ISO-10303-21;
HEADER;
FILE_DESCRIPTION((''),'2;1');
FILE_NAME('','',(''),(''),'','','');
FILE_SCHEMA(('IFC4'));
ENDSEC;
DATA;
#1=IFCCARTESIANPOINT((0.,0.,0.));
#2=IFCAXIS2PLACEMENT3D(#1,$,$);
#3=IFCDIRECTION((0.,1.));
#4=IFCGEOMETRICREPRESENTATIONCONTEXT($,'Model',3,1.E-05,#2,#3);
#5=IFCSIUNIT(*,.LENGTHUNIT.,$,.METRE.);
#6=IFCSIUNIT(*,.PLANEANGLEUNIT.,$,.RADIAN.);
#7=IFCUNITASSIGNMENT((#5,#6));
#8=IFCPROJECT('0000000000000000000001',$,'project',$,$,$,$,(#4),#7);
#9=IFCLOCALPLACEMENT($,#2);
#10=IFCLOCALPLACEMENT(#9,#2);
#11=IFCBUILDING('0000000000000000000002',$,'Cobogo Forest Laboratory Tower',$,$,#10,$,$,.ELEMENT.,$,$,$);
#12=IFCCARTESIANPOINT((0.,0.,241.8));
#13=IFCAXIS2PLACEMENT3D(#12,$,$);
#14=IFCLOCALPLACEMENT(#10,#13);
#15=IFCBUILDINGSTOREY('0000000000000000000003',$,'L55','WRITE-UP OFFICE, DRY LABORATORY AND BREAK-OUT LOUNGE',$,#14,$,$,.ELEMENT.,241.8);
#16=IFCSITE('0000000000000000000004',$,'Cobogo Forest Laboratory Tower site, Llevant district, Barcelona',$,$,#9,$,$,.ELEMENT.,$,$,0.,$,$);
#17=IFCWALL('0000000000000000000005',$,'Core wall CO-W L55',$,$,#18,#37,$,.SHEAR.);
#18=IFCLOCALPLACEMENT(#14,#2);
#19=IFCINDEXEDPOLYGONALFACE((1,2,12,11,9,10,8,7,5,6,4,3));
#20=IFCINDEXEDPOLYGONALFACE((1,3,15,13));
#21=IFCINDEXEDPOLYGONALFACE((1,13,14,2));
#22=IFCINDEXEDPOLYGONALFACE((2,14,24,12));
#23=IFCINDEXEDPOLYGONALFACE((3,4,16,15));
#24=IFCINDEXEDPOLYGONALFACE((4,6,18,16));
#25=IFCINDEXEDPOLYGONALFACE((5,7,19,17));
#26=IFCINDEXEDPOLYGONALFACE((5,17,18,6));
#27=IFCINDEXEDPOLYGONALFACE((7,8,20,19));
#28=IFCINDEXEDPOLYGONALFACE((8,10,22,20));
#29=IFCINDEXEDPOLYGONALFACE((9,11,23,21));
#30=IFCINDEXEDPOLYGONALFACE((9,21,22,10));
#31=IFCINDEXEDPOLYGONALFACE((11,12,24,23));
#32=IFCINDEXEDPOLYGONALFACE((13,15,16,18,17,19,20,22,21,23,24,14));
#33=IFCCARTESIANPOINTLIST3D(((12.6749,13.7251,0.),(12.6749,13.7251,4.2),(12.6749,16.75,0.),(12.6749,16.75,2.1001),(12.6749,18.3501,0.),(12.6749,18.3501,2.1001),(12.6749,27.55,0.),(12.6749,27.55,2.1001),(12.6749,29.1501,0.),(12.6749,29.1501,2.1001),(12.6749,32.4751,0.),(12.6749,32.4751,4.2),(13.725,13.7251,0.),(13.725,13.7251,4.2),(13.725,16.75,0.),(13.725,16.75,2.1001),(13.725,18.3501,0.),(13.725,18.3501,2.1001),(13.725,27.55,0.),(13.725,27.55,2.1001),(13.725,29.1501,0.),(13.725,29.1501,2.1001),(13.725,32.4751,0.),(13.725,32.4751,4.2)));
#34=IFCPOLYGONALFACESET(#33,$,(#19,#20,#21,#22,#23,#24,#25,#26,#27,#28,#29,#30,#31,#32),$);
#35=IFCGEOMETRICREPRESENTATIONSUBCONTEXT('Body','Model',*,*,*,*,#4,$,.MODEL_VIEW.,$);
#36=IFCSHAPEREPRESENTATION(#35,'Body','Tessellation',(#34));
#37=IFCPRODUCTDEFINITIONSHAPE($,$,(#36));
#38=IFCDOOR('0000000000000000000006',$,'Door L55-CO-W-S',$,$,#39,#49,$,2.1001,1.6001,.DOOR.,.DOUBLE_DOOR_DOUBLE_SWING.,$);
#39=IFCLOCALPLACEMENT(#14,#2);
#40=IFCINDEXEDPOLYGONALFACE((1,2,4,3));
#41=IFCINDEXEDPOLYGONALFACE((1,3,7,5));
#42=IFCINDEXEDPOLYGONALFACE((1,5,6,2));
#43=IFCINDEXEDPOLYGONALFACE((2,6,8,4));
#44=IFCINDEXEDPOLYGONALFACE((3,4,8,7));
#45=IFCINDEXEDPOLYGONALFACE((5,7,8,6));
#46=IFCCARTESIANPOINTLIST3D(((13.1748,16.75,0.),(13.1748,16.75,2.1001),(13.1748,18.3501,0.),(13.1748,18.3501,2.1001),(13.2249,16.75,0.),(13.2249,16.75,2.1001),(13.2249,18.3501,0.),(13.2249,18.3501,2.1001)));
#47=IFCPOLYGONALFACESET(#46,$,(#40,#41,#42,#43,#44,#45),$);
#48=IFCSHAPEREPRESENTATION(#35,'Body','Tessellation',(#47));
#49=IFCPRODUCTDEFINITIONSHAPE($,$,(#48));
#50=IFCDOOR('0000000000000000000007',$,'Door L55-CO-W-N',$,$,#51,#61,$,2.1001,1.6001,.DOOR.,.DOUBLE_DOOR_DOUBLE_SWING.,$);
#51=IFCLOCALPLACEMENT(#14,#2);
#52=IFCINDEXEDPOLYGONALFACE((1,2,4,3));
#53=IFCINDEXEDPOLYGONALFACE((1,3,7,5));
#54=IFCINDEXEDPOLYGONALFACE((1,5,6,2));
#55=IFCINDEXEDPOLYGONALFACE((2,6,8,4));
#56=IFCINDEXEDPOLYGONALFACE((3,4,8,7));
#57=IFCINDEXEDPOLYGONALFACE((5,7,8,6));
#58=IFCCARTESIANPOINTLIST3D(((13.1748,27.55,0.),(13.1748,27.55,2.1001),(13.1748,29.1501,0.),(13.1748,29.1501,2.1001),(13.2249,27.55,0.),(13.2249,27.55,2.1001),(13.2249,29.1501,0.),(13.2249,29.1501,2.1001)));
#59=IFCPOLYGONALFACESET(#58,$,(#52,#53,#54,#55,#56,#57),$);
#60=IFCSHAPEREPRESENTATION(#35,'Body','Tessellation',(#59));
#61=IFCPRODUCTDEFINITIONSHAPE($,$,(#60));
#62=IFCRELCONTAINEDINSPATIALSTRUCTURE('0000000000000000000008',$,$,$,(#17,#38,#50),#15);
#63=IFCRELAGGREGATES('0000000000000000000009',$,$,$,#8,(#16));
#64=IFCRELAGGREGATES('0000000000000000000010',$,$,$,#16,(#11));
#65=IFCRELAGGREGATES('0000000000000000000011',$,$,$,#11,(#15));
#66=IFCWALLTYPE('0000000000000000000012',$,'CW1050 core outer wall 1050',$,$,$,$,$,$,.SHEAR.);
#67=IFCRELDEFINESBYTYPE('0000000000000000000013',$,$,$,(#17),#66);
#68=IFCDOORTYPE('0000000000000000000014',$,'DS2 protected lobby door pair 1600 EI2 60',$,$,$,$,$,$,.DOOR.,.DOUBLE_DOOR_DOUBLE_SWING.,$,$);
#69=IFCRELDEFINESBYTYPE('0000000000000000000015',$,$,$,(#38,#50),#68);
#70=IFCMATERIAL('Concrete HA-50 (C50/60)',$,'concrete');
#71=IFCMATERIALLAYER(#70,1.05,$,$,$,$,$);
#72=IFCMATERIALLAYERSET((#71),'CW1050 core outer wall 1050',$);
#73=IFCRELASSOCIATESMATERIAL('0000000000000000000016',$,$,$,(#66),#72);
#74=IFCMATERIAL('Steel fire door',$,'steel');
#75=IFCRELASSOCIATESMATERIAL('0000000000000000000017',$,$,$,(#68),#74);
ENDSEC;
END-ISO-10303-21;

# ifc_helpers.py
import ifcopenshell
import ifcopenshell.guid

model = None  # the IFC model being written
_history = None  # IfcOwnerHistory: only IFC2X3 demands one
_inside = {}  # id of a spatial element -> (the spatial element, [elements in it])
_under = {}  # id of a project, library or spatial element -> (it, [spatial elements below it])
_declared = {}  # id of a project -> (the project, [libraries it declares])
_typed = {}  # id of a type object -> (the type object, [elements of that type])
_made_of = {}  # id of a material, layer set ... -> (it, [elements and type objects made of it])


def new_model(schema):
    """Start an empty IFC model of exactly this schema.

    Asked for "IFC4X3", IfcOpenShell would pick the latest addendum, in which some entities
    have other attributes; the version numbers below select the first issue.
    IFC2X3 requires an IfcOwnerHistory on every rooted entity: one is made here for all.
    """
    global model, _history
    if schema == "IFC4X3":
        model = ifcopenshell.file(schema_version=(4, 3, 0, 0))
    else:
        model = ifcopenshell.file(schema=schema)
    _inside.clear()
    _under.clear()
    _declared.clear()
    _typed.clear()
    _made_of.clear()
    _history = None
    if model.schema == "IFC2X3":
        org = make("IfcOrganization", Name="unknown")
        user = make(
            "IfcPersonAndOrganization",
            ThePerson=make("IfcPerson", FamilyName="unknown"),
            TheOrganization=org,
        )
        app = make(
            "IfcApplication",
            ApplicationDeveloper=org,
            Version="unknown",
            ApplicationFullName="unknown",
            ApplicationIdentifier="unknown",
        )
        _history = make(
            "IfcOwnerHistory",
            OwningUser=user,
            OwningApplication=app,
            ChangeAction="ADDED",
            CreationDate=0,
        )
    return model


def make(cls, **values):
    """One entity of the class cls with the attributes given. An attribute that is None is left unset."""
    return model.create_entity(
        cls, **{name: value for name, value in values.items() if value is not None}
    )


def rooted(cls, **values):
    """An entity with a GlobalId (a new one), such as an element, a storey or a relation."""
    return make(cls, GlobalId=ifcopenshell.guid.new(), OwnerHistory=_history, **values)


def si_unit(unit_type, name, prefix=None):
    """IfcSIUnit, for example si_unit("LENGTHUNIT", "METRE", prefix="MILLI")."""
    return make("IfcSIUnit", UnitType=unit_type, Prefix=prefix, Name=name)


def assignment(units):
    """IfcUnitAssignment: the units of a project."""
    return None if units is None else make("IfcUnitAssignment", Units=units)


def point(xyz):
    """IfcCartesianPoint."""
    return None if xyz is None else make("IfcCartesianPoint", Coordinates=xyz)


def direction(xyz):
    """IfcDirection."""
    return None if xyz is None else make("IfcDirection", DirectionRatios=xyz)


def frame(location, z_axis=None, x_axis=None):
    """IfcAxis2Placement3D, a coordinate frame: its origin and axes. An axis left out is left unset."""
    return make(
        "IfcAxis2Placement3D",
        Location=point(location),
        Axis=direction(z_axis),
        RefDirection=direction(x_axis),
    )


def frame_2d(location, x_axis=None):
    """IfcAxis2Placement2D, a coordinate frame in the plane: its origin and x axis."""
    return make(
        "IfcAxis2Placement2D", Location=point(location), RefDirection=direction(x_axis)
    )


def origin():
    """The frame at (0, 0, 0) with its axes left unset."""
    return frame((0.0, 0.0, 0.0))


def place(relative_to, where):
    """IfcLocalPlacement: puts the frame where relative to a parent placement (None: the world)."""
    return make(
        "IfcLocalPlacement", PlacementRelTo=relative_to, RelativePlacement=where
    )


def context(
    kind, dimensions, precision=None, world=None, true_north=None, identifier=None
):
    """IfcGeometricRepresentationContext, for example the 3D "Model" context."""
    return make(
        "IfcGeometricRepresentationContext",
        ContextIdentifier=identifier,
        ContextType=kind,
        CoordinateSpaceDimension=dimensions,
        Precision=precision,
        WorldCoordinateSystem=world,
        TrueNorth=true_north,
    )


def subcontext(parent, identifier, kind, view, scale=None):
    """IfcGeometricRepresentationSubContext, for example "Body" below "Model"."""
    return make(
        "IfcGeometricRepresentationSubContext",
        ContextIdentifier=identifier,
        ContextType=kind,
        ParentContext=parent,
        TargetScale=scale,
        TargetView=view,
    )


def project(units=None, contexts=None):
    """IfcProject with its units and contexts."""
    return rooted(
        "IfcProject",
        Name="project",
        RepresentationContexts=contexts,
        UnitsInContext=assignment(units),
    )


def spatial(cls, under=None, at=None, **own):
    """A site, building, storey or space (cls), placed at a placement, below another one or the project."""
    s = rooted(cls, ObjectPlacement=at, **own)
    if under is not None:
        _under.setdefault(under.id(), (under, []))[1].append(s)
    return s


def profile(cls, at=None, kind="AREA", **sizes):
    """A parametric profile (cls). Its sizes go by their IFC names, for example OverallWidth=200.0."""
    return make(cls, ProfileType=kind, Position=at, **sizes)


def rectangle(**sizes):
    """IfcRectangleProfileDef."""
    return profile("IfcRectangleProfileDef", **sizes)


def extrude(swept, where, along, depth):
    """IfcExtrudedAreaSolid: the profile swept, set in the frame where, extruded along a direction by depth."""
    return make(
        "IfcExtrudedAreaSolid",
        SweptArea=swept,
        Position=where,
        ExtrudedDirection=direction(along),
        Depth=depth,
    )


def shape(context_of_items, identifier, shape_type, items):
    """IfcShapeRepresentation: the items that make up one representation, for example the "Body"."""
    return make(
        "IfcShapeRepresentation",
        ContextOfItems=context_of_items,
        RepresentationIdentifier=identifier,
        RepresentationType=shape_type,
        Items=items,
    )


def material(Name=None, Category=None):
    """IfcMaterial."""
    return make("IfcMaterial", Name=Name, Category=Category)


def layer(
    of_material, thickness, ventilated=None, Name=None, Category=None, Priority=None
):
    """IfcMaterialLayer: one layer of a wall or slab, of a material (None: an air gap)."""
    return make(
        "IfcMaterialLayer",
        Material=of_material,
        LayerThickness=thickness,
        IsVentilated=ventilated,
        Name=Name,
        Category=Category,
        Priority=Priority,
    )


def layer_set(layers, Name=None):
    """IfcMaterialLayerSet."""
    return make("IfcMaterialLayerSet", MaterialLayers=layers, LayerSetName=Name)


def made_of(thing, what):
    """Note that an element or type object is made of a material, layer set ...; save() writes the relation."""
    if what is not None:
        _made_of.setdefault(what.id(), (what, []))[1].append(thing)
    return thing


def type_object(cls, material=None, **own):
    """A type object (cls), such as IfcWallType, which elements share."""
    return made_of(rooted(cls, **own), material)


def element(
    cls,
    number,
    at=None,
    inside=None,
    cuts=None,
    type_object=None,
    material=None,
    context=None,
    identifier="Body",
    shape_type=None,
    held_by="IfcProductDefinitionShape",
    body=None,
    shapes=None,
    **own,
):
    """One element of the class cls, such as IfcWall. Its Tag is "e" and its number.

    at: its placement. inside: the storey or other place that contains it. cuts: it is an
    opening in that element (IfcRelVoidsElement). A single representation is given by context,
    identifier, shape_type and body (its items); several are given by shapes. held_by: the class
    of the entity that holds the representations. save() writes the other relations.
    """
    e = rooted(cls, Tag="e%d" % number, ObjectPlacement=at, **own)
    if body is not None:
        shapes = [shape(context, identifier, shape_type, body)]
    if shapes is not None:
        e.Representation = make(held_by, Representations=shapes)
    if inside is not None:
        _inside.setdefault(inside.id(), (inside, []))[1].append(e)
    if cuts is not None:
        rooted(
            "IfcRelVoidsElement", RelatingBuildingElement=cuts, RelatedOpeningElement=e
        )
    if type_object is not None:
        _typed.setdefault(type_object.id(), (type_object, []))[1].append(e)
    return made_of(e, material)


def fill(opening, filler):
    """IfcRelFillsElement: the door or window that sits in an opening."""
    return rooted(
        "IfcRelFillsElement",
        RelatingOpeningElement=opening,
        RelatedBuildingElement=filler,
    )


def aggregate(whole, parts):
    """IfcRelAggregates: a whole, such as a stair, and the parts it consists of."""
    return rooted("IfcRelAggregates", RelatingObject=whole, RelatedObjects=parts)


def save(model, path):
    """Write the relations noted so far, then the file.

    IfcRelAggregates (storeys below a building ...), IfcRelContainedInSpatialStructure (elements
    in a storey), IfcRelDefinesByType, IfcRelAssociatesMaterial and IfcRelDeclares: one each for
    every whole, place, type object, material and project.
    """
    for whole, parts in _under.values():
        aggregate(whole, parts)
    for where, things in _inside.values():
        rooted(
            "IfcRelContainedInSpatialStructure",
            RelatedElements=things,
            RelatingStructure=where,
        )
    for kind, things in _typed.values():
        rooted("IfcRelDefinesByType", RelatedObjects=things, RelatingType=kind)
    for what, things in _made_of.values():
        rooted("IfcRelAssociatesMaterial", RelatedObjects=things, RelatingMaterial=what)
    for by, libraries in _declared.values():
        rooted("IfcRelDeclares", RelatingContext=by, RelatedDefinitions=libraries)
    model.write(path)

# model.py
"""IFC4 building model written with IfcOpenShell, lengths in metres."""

from ifc_helpers import new_model, si_unit, direction, frame, frame_2d, origin, place, context, subcontext, project, spatial, rectangle, extrude, material, layer, layer_set, type_object, element, fill, save


model = new_model("IFC4")

# Units and contexts
model_context = context("Model", 3, precision=1e-05, world=origin(), true_north=direction((0.0, 1.0)))
body_context = subcontext(model_context, "Body", "Model", "MODEL_VIEW")
ifc_project = project(units=[si_unit("LENGTHUNIT", "METRE"), si_unit("PLANEANGLEUNIT", "RADIAN")], contexts=[model_context])

# Site, building, storey
site_placement = place(None, origin())
site = spatial("IfcSite", under=ifc_project, at=site_placement, Name="Cobogo Forest Laboratory Tower site, Llevant district, Barcelona", CompositionType="ELEMENT", RefElevation=0.0)
building_placement = place(site_placement, origin())
building = spatial("IfcBuilding", under=site, at=building_placement, Name="Cobogo Forest Laboratory Tower", CompositionType="ELEMENT")
storey_placement = place(building_placement, frame((0.0, 0.0, 241.8)))
storey = spatial("IfcBuildingStorey", under=building, at=storey_placement, Name="L55", Description="WRITE-UP OFFICE, DRY LABORATORY AND BREAK-OUT LOUNGE", CompositionType="ELEMENT", Elevation=241.8)

# Shared definitions
ifc_material_1 = material(Name="Concrete HA-50 (C50/60)", Category="concrete")

# Wall, openings, doors
ifc_material_2 = material(Name="Steel fire door", Category="steel")
ifc_layer_1 = layer(ifc_material_1, 1.05)
ifc_layer_set_1 = layer_set([ifc_layer_1], Name="CW1050 core outer wall 1050")
wall_type_1 = type_object("IfcWallType", Name="CW1050 core outer wall 1050", PredefinedType="SHEAR", material=ifc_layer_set_1)
wall_1_placement = place(storey_placement, frame((13.2, 32.4751, 0.0), z_axis=(0.0, 0.0, 1.0), x_axis=(0.0, -1.0, 0.0)))
wall_1 = element("IfcWall", 1, at=wall_1_placement, inside=storey, type_object=wall_type_1, Name="Core wall CO-W L55", PredefinedType="SHEAR", context=body_context, shape_type="SweptSolid", body=[
    extrude(rectangle(XDim=18.75, YDim=1.05, at=frame_2d((9.375, 0.0))), origin(), (0.0, 0.0, 1.0), 4.2),
])
opening_1_placement = place(wall_1_placement, frame((14.125, 0.0, 0.0)))
opening_1 = element("IfcOpeningElement", 2, at=opening_1_placement, cuts=wall_1, PredefinedType="OPENING", context=body_context, shape_type="SweptSolid", body=[
    extrude(rectangle(XDim=1.6001, YDim=2.1001, at=frame_2d((0.8, 1.05))), frame((0.0, 0.5349, 0.0), z_axis=(0.0, -1.0, 0.0), x_axis=(1.0, 0.0, 0.0)), (0.0, 0.0, 1.0), 1.0701),
])
opening_2_placement = place(wall_1_placement, frame((3.325, 0.0, 0.0)))
opening_2 = element("IfcOpeningElement", 3, at=opening_2_placement, cuts=wall_1, PredefinedType="OPENING", context=body_context, shape_type="SweptSolid", body=[
    extrude(rectangle(XDim=1.6001, YDim=2.1001, at=frame_2d((0.8, 1.05))), frame((0.0, 0.5349, 0.0), z_axis=(0.0, -1.0, 0.0), x_axis=(1.0, 0.0, 0.0)), (0.0, 0.0, 1.0), 1.0701),
])
door_type_1 = type_object("IfcDoorType", Name="DS2 protected lobby door pair 1600 EI2 60", OperationType="DOUBLE_DOOR_DOUBLE_SWING", PredefinedType="DOOR", material=ifc_material_2)
door_1_placement = place(opening_1_placement, origin())
door_1 = element("IfcDoor", 4, at=door_1_placement, inside=storey, type_object=door_type_1, Name="Door L55-CO-W-S", OperationType="DOUBLE_DOOR_DOUBLE_SWING", OverallHeight=2.1001, OverallWidth=1.6001, PredefinedType="DOOR", context=body_context, shape_type="SweptSolid", body=[
    extrude(rectangle(XDim=1.6001, YDim=2.1001, at=frame_2d((0.8, 1.05))), frame((0.0, 0.0249, 0.0), z_axis=(0.0, -1.0, 0.0), x_axis=(1.0, 0.0, 0.0)), (0.0, 0.0, 1.0), 0.05),
])
fill(opening_1, door_1)
door_2_placement = place(opening_2_placement, origin())
door_2 = element("IfcDoor", 5, at=door_2_placement, inside=storey, type_object=door_type_1, Name="Door L55-CO-W-N", OperationType="DOUBLE_DOOR_DOUBLE_SWING", OverallHeight=2.1001, OverallWidth=1.6001, PredefinedType="DOOR", context=body_context, shape_type="SweptSolid", body=[
    extrude(rectangle(XDim=1.6001, YDim=2.1001, at=frame_2d((0.8, 1.05))), frame((0.0, 0.0249, 0.0), z_axis=(0.0, -1.0, 0.0), x_axis=(1.0, 0.0, 0.0)), (0.0, 0.0, 1.0), 0.05),
])
fill(opening_2, door_2)

save(model, "model.ifc")
